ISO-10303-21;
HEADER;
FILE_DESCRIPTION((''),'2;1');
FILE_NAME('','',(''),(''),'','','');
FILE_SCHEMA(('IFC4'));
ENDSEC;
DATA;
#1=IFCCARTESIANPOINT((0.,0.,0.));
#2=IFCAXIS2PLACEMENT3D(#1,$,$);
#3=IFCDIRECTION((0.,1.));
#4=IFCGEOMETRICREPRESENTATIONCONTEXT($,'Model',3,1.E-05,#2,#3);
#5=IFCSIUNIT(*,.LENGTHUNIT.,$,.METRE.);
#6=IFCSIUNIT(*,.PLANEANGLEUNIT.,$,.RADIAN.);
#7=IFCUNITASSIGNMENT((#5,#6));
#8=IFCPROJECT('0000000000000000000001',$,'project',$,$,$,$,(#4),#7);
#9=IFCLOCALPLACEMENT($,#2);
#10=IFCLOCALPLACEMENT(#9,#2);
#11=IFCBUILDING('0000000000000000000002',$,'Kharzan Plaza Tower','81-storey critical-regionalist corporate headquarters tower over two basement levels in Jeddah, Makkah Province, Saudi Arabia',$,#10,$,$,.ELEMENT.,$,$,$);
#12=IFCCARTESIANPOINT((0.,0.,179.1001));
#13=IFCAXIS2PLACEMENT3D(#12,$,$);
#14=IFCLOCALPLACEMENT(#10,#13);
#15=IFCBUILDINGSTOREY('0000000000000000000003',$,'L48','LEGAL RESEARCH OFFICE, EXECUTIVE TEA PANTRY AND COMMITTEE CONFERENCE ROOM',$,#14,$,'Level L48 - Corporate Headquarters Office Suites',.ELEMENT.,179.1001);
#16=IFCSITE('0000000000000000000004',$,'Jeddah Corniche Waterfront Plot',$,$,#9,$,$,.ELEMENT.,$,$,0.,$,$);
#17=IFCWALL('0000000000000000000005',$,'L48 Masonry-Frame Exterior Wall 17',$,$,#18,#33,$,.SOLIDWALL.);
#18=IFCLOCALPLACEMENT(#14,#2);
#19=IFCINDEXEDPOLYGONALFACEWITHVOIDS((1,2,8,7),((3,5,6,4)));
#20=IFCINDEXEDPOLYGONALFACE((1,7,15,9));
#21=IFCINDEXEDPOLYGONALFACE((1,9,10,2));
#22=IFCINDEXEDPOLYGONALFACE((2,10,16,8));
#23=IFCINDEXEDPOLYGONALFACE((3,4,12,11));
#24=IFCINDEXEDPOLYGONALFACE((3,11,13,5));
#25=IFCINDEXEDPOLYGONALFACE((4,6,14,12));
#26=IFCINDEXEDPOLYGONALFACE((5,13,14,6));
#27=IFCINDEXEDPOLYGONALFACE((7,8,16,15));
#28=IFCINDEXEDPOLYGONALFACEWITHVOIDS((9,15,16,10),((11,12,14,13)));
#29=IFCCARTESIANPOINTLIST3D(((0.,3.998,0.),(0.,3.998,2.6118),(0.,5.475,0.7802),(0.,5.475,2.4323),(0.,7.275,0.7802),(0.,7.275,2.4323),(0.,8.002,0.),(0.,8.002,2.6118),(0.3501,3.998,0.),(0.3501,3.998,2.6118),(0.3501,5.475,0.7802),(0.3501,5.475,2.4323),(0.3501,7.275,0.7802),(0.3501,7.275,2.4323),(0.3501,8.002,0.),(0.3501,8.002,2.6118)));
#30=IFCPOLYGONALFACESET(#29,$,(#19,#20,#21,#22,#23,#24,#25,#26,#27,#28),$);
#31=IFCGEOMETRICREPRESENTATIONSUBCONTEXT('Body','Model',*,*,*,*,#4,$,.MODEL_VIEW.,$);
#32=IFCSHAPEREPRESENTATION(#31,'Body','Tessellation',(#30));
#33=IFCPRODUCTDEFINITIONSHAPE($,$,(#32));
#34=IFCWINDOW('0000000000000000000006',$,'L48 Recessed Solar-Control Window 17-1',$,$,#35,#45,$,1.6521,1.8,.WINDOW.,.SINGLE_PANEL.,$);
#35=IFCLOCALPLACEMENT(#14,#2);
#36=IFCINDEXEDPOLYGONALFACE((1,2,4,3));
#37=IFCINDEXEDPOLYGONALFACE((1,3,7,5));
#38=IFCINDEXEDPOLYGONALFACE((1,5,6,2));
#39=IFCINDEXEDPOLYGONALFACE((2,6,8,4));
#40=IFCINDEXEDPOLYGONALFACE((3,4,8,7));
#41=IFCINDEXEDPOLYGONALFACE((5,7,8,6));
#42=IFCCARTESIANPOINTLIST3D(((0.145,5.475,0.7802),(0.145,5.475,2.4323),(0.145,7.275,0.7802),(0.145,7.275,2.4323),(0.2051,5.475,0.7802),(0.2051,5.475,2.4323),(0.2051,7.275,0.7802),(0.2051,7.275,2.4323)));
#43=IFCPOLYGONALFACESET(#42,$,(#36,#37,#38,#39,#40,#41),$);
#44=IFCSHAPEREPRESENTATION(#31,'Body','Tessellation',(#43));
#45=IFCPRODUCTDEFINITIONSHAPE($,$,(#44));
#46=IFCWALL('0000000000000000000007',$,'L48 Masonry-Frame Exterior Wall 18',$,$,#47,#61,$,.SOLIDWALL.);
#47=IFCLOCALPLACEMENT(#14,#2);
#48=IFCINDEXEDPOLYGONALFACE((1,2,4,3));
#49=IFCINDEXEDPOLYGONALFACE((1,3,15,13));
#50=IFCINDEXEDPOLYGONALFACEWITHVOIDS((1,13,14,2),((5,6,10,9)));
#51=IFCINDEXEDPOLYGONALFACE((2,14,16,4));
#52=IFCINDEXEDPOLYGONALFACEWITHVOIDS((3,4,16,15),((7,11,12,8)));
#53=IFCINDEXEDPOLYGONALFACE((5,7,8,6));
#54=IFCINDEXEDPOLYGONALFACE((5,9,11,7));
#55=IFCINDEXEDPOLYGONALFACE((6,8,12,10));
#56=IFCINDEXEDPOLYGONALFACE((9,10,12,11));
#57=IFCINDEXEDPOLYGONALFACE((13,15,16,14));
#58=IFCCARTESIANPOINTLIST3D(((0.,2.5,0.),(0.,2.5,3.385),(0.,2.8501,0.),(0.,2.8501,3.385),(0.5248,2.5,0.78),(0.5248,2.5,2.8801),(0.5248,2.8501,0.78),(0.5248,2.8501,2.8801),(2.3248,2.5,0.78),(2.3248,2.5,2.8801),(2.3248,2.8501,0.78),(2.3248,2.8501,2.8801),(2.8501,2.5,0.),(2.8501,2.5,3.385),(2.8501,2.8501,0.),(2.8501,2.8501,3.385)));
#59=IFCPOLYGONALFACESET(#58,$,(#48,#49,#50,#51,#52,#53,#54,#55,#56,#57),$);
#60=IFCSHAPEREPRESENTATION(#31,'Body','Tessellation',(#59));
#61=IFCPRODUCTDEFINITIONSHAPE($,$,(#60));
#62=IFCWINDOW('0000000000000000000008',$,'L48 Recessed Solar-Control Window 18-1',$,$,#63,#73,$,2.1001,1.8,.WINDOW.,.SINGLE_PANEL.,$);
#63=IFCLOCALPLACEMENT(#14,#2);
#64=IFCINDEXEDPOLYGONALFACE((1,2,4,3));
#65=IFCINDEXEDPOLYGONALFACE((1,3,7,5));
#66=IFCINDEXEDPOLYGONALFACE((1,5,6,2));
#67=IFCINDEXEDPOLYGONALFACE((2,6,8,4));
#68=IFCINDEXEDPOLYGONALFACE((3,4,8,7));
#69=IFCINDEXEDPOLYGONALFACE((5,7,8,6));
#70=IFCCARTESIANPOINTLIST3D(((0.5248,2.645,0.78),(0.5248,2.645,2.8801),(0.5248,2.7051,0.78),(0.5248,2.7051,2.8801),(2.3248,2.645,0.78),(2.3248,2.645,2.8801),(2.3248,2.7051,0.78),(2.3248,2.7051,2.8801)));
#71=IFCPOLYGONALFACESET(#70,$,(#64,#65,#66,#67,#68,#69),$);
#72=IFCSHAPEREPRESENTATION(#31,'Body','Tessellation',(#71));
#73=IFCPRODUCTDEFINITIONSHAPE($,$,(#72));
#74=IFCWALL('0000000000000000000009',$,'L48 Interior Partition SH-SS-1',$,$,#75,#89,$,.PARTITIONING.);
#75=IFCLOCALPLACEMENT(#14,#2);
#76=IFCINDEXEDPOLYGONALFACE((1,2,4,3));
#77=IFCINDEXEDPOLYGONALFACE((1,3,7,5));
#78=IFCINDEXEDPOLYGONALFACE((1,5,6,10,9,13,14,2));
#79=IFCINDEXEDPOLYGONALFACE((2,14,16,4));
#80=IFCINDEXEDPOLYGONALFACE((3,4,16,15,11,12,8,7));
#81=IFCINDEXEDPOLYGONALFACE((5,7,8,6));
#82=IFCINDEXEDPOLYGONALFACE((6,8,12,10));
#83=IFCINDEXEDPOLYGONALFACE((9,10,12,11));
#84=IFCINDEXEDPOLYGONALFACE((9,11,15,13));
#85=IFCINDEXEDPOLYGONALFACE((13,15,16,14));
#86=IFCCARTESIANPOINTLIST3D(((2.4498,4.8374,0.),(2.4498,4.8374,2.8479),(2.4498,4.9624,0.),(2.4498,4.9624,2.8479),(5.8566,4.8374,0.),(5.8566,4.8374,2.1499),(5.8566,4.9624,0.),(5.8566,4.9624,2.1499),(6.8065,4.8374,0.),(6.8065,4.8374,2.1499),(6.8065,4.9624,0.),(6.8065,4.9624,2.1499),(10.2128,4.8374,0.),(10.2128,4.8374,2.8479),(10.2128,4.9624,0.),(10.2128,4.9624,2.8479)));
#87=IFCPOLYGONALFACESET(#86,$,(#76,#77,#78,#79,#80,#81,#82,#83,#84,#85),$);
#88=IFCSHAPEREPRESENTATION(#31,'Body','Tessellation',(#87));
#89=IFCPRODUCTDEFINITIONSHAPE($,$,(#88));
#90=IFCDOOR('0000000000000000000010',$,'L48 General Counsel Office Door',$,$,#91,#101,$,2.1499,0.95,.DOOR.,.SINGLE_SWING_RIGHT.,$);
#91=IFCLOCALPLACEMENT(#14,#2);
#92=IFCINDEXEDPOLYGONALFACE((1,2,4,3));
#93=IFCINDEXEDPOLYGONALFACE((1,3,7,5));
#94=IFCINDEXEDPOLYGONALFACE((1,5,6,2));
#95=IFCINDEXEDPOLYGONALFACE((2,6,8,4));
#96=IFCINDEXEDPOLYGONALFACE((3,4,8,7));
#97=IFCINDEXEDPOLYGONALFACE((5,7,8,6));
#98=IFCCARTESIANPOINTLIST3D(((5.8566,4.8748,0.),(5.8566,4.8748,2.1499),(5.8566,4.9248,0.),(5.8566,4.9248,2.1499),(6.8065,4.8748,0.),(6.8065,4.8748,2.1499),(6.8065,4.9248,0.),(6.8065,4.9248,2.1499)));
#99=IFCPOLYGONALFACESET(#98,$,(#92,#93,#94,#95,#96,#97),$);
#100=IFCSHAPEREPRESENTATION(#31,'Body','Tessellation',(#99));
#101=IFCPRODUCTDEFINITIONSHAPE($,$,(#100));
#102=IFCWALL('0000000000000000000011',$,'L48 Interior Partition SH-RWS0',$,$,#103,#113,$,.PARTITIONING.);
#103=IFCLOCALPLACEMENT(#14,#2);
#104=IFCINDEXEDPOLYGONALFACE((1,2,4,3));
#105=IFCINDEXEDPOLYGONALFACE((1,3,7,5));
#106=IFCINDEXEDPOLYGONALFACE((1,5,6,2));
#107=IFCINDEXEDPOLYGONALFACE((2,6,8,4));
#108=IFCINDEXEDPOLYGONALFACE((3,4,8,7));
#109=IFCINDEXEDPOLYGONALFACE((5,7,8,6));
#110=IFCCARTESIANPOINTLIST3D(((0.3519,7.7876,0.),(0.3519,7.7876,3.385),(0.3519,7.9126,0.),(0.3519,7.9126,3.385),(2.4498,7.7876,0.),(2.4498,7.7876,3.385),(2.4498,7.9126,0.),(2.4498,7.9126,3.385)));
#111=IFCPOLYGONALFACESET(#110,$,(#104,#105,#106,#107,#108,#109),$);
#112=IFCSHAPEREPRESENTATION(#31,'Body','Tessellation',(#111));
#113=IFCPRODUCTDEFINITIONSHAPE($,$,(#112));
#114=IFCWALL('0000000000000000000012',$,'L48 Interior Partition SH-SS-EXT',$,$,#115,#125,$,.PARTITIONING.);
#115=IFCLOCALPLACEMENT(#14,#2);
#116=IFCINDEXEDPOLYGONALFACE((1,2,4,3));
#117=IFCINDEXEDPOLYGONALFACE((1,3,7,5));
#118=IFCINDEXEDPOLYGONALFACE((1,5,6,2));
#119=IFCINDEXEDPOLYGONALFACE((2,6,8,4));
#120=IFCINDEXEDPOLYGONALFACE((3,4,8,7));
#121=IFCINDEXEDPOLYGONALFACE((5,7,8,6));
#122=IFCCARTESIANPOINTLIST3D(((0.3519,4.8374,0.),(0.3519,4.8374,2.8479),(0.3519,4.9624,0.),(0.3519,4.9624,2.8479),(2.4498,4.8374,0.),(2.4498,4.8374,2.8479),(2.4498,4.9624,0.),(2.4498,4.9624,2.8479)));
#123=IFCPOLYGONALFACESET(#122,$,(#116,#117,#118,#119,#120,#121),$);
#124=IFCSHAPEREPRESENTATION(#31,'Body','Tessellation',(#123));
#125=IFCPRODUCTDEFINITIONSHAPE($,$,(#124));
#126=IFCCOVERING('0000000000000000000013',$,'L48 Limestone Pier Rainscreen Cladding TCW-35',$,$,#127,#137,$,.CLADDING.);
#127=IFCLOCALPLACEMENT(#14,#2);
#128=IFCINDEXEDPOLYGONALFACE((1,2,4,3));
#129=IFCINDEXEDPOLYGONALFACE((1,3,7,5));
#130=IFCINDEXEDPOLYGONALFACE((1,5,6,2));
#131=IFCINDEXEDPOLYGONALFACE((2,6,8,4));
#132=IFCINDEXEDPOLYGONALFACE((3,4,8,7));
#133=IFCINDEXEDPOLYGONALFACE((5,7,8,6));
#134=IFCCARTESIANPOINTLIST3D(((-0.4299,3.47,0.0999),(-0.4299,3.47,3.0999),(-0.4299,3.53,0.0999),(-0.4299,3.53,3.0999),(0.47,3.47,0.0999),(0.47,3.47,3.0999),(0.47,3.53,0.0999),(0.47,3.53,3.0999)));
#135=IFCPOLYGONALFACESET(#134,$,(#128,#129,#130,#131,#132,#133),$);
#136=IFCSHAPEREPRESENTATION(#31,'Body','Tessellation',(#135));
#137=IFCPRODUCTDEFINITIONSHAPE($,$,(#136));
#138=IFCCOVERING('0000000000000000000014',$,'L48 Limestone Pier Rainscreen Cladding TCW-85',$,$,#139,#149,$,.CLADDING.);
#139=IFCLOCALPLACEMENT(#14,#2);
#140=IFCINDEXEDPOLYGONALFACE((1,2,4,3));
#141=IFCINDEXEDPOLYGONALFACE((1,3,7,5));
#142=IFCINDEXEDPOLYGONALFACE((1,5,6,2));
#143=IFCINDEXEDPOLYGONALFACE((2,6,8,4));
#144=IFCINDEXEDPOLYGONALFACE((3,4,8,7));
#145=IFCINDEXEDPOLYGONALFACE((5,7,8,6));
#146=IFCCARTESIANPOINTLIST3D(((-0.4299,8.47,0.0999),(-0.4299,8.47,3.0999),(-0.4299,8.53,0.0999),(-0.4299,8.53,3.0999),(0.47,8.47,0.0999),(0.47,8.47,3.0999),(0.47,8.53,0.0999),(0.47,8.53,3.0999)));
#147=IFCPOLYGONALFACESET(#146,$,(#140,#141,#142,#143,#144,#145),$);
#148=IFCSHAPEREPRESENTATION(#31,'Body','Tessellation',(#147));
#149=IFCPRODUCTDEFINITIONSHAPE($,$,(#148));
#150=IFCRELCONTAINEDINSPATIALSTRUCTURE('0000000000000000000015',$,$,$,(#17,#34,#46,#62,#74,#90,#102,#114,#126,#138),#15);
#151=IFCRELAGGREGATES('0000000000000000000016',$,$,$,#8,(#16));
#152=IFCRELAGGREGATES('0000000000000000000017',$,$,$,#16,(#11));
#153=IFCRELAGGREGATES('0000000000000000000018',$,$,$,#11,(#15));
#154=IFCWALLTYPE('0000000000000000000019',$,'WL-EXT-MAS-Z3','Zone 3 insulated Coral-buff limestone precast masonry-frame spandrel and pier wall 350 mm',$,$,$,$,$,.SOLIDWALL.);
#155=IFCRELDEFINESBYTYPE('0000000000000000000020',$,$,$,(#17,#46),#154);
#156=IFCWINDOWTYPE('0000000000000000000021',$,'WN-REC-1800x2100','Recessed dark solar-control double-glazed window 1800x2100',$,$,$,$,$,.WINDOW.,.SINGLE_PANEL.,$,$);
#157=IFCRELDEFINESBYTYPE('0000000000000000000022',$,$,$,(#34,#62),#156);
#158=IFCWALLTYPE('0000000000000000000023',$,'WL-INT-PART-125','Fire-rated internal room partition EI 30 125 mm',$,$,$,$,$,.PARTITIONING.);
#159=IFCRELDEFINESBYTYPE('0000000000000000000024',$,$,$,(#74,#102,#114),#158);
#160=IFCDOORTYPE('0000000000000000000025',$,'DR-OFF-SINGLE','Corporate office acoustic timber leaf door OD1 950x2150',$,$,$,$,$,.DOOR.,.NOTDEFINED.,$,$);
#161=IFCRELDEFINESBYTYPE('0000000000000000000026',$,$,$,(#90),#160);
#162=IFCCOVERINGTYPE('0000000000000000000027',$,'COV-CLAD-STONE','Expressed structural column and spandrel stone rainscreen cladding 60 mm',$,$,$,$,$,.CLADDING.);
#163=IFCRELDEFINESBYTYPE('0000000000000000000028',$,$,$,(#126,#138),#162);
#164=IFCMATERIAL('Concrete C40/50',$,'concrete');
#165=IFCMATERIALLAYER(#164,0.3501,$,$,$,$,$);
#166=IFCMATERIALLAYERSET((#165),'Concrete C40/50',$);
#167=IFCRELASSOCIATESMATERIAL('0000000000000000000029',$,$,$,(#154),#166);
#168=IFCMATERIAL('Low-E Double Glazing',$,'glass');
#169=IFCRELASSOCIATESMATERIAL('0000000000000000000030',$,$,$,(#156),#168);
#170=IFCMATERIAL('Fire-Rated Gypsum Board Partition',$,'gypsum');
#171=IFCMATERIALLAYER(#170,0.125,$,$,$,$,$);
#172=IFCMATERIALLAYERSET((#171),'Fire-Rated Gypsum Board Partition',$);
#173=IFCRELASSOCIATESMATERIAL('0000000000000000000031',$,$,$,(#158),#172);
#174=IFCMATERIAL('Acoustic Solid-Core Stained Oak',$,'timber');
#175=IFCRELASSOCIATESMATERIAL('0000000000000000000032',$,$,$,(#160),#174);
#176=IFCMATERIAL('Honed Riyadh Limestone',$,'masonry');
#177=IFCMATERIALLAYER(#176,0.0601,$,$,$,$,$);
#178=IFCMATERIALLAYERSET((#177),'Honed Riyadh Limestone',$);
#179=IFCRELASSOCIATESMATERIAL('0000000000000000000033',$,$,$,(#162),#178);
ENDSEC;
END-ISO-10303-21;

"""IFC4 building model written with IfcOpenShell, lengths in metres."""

from ifc_helpers import new_model, si_unit, direction, frame, frame_2d, origin, origin_2d, place, context, subcontext, project, spatial, rectangle, extrude, source, transform, mapped, material, layer, layer_set, type_object, element, fill, save


model = new_model("IFC4")

# Units and contexts
model_context = context("Model", 3, precision=1e-05, world=origin(), true_north=direction((0.0, 1.0)))
body_context = subcontext(model_context, "Body", "Model", "MODEL_VIEW")
ifc_project = project(units=[si_unit("LENGTHUNIT", "METRE"), si_unit("PLANEANGLEUNIT", "RADIAN")], contexts=[model_context])

# Site, building, storey
site_placement = place(None, origin())
site = spatial("IfcSite", under=ifc_project, at=site_placement, Name="Jeddah Corniche Waterfront Plot", CompositionType="ELEMENT", RefElevation=0.0)
building_placement = place(site_placement, origin())
building = spatial("IfcBuilding", under=site, at=building_placement, Name="Kharzan Plaza Tower", Description="81-storey critical-regionalist corporate headquarters tower over two basement levels in Jeddah, Makkah Province, Saudi Arabia", CompositionType="ELEMENT")
storey_placement = place(building_placement, frame((0.0, 0.0, 179.1001)))
storey = spatial("IfcBuildingStorey", under=building, at=storey_placement, Name="L48", Description="LEGAL RESEARCH OFFICE, EXECUTIVE TEA PANTRY AND COMMITTEE CONFERENCE ROOM", LongName="Level L48 - Corporate Headquarters Office Suites", CompositionType="ELEMENT", Elevation=179.1001)

# Shared definitions
ifc_material_1 = material(Name="Concrete C40/50", Category="concrete")

# Walls, openings, windows
ifc_layer_1 = layer(ifc_material_1, 0.3501)
ifc_layer_set_1 = layer_set([ifc_layer_1], Name="Concrete C40/50")
wall_type_1 = type_object("IfcWallType", Name="WL-EXT-MAS-Z3", Description="Zone 3 insulated Coral-buff limestone precast masonry-frame spandrel and pier wall 350 mm", PredefinedType="SOLIDWALL", material=ifc_layer_set_1)
wall_1_placement = place(storey_placement, frame((0.175, 8.002, 0.0), z_axis=(0.0, 0.0, 1.0), x_axis=(0.0, -1.0, 0.0)))
wall_1 = element("IfcWall", 1, at=wall_1_placement, inside=storey, type_object=wall_type_1, Name="L48 Masonry-Frame Exterior Wall 17", PredefinedType="SOLIDWALL", context=body_context, shape_type="SweptSolid", body=[
    extrude(rectangle(XDim=4.0039, YDim=0.3501, at=frame_2d((2.002, 0.0))), origin(), (0.0, 0.0, 1.0), 2.6118),
])
opening_1_placement = place(wall_1_placement, frame((0.7271, 0.0, 0.78)))
opening_1 = element("IfcOpeningElement", 2, at=opening_1_placement, cuts=wall_1, PredefinedType="OPENING", context=body_context, shape_type="SweptSolid", body=[
    extrude(rectangle(XDim=1.8, YDim=1.6521, at=frame_2d((0.8999, 0.8262))), frame((0.0, 0.1851, 0.0), z_axis=(0.0, -1.0, 0.0), x_axis=(1.0, 0.0, 0.0)), (0.0, 0.0, 1.0), 0.3701),
])
ifc_material_2 = material(Name="Low-E Double Glazing", Category="glass")
window_type = type_object("IfcWindowType", Name="WN-REC-1800x2100", Description="Recessed dark solar-control double-glazed window 1800x2100", PartitioningType="SINGLE_PANEL", PredefinedType="WINDOW", material=ifc_material_2)
shared_shape_1 = source(origin(), body_context, "Body", "SweptSolid", [
    extrude(rectangle(XDim=1.8, YDim=1.6521, at=frame_2d((0.8999, 0.8262))), frame((0.0, 0.03, 0.0), z_axis=(0.0, -1.0, 0.0), x_axis=(1.0, 0.0, 0.0)), (0.0, 0.0, 1.0), 0.0601),
])
window_1_placement = place(opening_1_placement, origin())
window_1 = element("IfcWindow", 3, at=window_1_placement, inside=storey, type_object=window_type, Name="L48 Recessed Solar-Control Window 17-1", OverallHeight=1.6521, OverallWidth=1.8, PartitioningType="SINGLE_PANEL", PredefinedType="WINDOW", context=body_context, shape_type="MappedRepresentation", body=[
    mapped(shared_shape_1, transform((0.0, 0.0, 0.0), x_axis=(1.0, 0.0, 0.0), y_axis=(0.0, 1.0, 0.0), z_axis=(0.0, 0.0, 1.0))),
])
fill(opening_1, window_1)
wall_2_placement = place(storey_placement, frame((0.0, 2.675, 0.0), z_axis=(0.0, 0.0, 1.0), x_axis=(1.0, 0.0, 0.0)))
wall_2 = element("IfcWall", 4, at=wall_2_placement, inside=storey, type_object=wall_type_1, Name="L48 Masonry-Frame Exterior Wall 18", PredefinedType="SOLIDWALL", context=body_context, shape_type="SweptSolid", body=[
    extrude(rectangle(XDim=2.8501, YDim=0.3501, at=frame_2d((1.425, 0.0))), origin(), (0.0, 0.0, 1.0), 3.385),
])
opening_2_placement = place(wall_2_placement, frame((0.5249, 0.0, 0.78)))
opening_2 = element("IfcOpeningElement", 5, at=opening_2_placement, cuts=wall_2, PredefinedType="OPENING", context=body_context, shape_type="SweptSolid", body=[
    extrude(rectangle(XDim=1.8, YDim=2.1001, at=frame_2d((0.8999, 1.05))), frame((0.0, 0.1851, 0.0), z_axis=(0.0, -1.0, 0.0), x_axis=(1.0, 0.0, 0.0)), (0.0, 0.0, 1.0), 0.3701),
])
shared_shape_2 = source(origin(), body_context, "Body", "SweptSolid", [
    extrude(rectangle(XDim=1.8, YDim=2.1001, at=frame_2d((0.8999, 1.05))), frame((0.0, 0.03, 0.0), z_axis=(0.0, -1.0, 0.0), x_axis=(1.0, 0.0, 0.0)), (0.0, 0.0, 1.0), 0.0601),
])
window_2_placement = place(opening_2_placement, origin())
window_2 = element("IfcWindow", 6, at=window_2_placement, inside=storey, type_object=window_type, Name="L48 Recessed Solar-Control Window 18-1", OverallHeight=2.1001, OverallWidth=1.8, PartitioningType="SINGLE_PANEL", PredefinedType="WINDOW", context=body_context, shape_type="MappedRepresentation", body=[
    mapped(shared_shape_2, transform((0.0, 0.0, 0.0), x_axis=(1.0, 0.0, 0.0), y_axis=(0.0, 1.0, 0.0), z_axis=(0.0, 0.0, 1.0))),
])
fill(opening_2, window_2)

# Wall, opening, door
ifc_material_3 = material(Name="Fire-Rated Gypsum Board Partition", Category="gypsum")
ifc_layer_2 = layer(ifc_material_3, 0.125)
ifc_layer_set_2 = layer_set([ifc_layer_2], Name="Fire-Rated Gypsum Board Partition")
wall_type_2 = type_object("IfcWallType", Name="WL-INT-PART-125", Description="Fire-rated internal room partition EI 30 125 mm", PredefinedType="PARTITIONING", material=ifc_layer_set_2)
wall_3_placement = place(storey_placement, frame((2.45, 4.8999, 0.0), z_axis=(0.0, 0.0, 1.0), x_axis=(1.0, 0.0, 0.0)))
wall_3 = element("IfcWall", 7, at=wall_3_placement, inside=storey, type_object=wall_type_2, Name="L48 Interior Partition SH-SS-1", PredefinedType="PARTITIONING", context=body_context, shape_type="SweptSolid", body=[
    extrude(rectangle(XDim=7.7629, YDim=0.125, at=frame_2d((3.8813, 0.0))), origin(), (0.0, 0.0, 1.0), 2.8479),
])
opening_3_placement = place(wall_3_placement, frame((3.4065, 0.0, 0.0)))
opening_3 = element("IfcOpeningElement", 8, at=opening_3_placement, cuts=wall_3, PredefinedType="OPENING", context=body_context, shape_type="SweptSolid", body=[
    extrude(rectangle(XDim=0.95, YDim=2.1499, at=frame_2d((0.4751, 1.075))), frame((0.0, 0.0725, 0.0), z_axis=(0.0, -1.0, 0.0), x_axis=(1.0, 0.0, 0.0)), (0.0, 0.0, 1.0), 0.145),
])
ifc_material_4 = material(Name="Acoustic Solid-Core Stained Oak", Category="timber")
door_type = type_object("IfcDoorType", Name="DR-OFF-SINGLE", Description="Corporate office acoustic timber leaf door OD1 950x2150", OperationType="NOTDEFINED", PredefinedType="DOOR", material=ifc_material_4)
shared_shape_3 = source(origin(), body_context, "Body", "SweptSolid", [
    extrude(rectangle(XDim=0.95, YDim=2.1499, at=frame_2d((0.4751, 1.075))), frame((0.0, 0.0249, 0.0), z_axis=(0.0, -1.0, 0.0), x_axis=(1.0, 0.0, 0.0)), (0.0, 0.0, 1.0), 0.05),
])
door_placement = place(opening_3_placement, origin())
door = element("IfcDoor", 9, at=door_placement, inside=storey, type_object=door_type, Name="L48 General Counsel Office Door", OperationType="SINGLE_SWING_RIGHT", OverallHeight=2.1499, OverallWidth=0.95, PredefinedType="DOOR", context=body_context, shape_type="MappedRepresentation", body=[
    mapped(shared_shape_3, transform((0.0, 0.0, 0.0), x_axis=(1.0, 0.0, 0.0), y_axis=(0.0, 1.0, 0.0), z_axis=(0.0, 0.0, 1.0))),
])
fill(opening_3, door)

# Walls
shared_shape_4 = source(origin(), body_context, "Body", "SweptSolid", [
    extrude(rectangle(XDim=2.0979, YDim=0.125, at=frame_2d((1.0488, 0.0))), origin(), (0.0, 0.0, 1.0), 3.385),
])
wall_4_placement = place(storey_placement, frame((0.3521, 7.8501, 0.0), z_axis=(0.0, 0.0, 1.0), x_axis=(1.0, 0.0, 0.0)))
element("IfcWall", 10, at=wall_4_placement, inside=storey, type_object=wall_type_2, Name="L48 Interior Partition SH-RWS0", PredefinedType="PARTITIONING", context=body_context, shape_type="MappedRepresentation", body=[
    mapped(shared_shape_4, transform((0.0, 0.0, 0.0), x_axis=(1.0, 0.0, 0.0), y_axis=(0.0, 1.0, 0.0), z_axis=(0.0, 0.0, 1.0))),
])
shared_shape_5 = source(origin(), body_context, "Body", "SweptSolid", [
    extrude(rectangle(XDim=2.0979, YDim=0.125, at=frame_2d((1.0488, 0.0))), origin(), (0.0, 0.0, 1.0), 2.8479),
])
wall_5_placement = place(storey_placement, frame((0.3521, 4.8999, 0.0), z_axis=(0.0, 0.0, 1.0), x_axis=(1.0, 0.0, 0.0)))
element("IfcWall", 11, at=wall_5_placement, inside=storey, type_object=wall_type_2, Name="L48 Interior Partition SH-SS-EXT", PredefinedType="PARTITIONING", context=body_context, shape_type="MappedRepresentation", body=[
    mapped(shared_shape_5, transform((0.0, 0.0, 0.0), x_axis=(1.0, 0.0, 0.0), y_axis=(0.0, 1.0, 0.0), z_axis=(0.0, 0.0, 1.0))),
])

# Coverings
ifc_material_5 = material(Name="Honed Riyadh Limestone", Category="masonry")
ifc_layer_3 = layer(ifc_material_5, 0.0601)
ifc_layer_set_3 = layer_set([ifc_layer_3], Name="Honed Riyadh Limestone")
covering_type = type_object("IfcCoveringType", Name="COV-CLAD-STONE", Description="Expressed structural column and spandrel stone rainscreen cladding 60 mm", PredefinedType="CLADDING", material=ifc_layer_set_3)
shared_shape_6 = source(origin(), body_context, "Body", "SweptSolid", [
    extrude(rectangle(XDim=0.0601, YDim=0.8999, at=origin_2d()), origin(), (0.0, 0.0, 1.0), 3.0),
])
for number, where, z_axis, x_axis, name in (
    (12, (0.02, 3.5, 0.0999), (0.0, 0.0, 1.0), (0.0, 1.0, 0.0), "L48 Limestone Pier Rainscreen Cladding TCW-35"),
    (13, (0.02, 8.5, 0.0999), (0.0, 0.0, 1.0), (0.0, 1.0, 0.0), "L48 Limestone Pier Rainscreen Cladding TCW-85"),
):
    element("IfcCovering", number, at=place(storey_placement, frame(where, z_axis=z_axis, x_axis=x_axis)), inside=storey, type_object=covering_type, Name=name, PredefinedType="CLADDING", context=body_context, shape_type="MappedRepresentation", body=[
        mapped(shared_shape_6, transform((0.0, 0.0, 0.0), x_axis=(1.0, 0.0, 0.0), y_axis=(0.0, 1.0, 0.0), z_axis=(0.0, 0.0, 1.0))),
    ])

save(model, "model.ifc")
